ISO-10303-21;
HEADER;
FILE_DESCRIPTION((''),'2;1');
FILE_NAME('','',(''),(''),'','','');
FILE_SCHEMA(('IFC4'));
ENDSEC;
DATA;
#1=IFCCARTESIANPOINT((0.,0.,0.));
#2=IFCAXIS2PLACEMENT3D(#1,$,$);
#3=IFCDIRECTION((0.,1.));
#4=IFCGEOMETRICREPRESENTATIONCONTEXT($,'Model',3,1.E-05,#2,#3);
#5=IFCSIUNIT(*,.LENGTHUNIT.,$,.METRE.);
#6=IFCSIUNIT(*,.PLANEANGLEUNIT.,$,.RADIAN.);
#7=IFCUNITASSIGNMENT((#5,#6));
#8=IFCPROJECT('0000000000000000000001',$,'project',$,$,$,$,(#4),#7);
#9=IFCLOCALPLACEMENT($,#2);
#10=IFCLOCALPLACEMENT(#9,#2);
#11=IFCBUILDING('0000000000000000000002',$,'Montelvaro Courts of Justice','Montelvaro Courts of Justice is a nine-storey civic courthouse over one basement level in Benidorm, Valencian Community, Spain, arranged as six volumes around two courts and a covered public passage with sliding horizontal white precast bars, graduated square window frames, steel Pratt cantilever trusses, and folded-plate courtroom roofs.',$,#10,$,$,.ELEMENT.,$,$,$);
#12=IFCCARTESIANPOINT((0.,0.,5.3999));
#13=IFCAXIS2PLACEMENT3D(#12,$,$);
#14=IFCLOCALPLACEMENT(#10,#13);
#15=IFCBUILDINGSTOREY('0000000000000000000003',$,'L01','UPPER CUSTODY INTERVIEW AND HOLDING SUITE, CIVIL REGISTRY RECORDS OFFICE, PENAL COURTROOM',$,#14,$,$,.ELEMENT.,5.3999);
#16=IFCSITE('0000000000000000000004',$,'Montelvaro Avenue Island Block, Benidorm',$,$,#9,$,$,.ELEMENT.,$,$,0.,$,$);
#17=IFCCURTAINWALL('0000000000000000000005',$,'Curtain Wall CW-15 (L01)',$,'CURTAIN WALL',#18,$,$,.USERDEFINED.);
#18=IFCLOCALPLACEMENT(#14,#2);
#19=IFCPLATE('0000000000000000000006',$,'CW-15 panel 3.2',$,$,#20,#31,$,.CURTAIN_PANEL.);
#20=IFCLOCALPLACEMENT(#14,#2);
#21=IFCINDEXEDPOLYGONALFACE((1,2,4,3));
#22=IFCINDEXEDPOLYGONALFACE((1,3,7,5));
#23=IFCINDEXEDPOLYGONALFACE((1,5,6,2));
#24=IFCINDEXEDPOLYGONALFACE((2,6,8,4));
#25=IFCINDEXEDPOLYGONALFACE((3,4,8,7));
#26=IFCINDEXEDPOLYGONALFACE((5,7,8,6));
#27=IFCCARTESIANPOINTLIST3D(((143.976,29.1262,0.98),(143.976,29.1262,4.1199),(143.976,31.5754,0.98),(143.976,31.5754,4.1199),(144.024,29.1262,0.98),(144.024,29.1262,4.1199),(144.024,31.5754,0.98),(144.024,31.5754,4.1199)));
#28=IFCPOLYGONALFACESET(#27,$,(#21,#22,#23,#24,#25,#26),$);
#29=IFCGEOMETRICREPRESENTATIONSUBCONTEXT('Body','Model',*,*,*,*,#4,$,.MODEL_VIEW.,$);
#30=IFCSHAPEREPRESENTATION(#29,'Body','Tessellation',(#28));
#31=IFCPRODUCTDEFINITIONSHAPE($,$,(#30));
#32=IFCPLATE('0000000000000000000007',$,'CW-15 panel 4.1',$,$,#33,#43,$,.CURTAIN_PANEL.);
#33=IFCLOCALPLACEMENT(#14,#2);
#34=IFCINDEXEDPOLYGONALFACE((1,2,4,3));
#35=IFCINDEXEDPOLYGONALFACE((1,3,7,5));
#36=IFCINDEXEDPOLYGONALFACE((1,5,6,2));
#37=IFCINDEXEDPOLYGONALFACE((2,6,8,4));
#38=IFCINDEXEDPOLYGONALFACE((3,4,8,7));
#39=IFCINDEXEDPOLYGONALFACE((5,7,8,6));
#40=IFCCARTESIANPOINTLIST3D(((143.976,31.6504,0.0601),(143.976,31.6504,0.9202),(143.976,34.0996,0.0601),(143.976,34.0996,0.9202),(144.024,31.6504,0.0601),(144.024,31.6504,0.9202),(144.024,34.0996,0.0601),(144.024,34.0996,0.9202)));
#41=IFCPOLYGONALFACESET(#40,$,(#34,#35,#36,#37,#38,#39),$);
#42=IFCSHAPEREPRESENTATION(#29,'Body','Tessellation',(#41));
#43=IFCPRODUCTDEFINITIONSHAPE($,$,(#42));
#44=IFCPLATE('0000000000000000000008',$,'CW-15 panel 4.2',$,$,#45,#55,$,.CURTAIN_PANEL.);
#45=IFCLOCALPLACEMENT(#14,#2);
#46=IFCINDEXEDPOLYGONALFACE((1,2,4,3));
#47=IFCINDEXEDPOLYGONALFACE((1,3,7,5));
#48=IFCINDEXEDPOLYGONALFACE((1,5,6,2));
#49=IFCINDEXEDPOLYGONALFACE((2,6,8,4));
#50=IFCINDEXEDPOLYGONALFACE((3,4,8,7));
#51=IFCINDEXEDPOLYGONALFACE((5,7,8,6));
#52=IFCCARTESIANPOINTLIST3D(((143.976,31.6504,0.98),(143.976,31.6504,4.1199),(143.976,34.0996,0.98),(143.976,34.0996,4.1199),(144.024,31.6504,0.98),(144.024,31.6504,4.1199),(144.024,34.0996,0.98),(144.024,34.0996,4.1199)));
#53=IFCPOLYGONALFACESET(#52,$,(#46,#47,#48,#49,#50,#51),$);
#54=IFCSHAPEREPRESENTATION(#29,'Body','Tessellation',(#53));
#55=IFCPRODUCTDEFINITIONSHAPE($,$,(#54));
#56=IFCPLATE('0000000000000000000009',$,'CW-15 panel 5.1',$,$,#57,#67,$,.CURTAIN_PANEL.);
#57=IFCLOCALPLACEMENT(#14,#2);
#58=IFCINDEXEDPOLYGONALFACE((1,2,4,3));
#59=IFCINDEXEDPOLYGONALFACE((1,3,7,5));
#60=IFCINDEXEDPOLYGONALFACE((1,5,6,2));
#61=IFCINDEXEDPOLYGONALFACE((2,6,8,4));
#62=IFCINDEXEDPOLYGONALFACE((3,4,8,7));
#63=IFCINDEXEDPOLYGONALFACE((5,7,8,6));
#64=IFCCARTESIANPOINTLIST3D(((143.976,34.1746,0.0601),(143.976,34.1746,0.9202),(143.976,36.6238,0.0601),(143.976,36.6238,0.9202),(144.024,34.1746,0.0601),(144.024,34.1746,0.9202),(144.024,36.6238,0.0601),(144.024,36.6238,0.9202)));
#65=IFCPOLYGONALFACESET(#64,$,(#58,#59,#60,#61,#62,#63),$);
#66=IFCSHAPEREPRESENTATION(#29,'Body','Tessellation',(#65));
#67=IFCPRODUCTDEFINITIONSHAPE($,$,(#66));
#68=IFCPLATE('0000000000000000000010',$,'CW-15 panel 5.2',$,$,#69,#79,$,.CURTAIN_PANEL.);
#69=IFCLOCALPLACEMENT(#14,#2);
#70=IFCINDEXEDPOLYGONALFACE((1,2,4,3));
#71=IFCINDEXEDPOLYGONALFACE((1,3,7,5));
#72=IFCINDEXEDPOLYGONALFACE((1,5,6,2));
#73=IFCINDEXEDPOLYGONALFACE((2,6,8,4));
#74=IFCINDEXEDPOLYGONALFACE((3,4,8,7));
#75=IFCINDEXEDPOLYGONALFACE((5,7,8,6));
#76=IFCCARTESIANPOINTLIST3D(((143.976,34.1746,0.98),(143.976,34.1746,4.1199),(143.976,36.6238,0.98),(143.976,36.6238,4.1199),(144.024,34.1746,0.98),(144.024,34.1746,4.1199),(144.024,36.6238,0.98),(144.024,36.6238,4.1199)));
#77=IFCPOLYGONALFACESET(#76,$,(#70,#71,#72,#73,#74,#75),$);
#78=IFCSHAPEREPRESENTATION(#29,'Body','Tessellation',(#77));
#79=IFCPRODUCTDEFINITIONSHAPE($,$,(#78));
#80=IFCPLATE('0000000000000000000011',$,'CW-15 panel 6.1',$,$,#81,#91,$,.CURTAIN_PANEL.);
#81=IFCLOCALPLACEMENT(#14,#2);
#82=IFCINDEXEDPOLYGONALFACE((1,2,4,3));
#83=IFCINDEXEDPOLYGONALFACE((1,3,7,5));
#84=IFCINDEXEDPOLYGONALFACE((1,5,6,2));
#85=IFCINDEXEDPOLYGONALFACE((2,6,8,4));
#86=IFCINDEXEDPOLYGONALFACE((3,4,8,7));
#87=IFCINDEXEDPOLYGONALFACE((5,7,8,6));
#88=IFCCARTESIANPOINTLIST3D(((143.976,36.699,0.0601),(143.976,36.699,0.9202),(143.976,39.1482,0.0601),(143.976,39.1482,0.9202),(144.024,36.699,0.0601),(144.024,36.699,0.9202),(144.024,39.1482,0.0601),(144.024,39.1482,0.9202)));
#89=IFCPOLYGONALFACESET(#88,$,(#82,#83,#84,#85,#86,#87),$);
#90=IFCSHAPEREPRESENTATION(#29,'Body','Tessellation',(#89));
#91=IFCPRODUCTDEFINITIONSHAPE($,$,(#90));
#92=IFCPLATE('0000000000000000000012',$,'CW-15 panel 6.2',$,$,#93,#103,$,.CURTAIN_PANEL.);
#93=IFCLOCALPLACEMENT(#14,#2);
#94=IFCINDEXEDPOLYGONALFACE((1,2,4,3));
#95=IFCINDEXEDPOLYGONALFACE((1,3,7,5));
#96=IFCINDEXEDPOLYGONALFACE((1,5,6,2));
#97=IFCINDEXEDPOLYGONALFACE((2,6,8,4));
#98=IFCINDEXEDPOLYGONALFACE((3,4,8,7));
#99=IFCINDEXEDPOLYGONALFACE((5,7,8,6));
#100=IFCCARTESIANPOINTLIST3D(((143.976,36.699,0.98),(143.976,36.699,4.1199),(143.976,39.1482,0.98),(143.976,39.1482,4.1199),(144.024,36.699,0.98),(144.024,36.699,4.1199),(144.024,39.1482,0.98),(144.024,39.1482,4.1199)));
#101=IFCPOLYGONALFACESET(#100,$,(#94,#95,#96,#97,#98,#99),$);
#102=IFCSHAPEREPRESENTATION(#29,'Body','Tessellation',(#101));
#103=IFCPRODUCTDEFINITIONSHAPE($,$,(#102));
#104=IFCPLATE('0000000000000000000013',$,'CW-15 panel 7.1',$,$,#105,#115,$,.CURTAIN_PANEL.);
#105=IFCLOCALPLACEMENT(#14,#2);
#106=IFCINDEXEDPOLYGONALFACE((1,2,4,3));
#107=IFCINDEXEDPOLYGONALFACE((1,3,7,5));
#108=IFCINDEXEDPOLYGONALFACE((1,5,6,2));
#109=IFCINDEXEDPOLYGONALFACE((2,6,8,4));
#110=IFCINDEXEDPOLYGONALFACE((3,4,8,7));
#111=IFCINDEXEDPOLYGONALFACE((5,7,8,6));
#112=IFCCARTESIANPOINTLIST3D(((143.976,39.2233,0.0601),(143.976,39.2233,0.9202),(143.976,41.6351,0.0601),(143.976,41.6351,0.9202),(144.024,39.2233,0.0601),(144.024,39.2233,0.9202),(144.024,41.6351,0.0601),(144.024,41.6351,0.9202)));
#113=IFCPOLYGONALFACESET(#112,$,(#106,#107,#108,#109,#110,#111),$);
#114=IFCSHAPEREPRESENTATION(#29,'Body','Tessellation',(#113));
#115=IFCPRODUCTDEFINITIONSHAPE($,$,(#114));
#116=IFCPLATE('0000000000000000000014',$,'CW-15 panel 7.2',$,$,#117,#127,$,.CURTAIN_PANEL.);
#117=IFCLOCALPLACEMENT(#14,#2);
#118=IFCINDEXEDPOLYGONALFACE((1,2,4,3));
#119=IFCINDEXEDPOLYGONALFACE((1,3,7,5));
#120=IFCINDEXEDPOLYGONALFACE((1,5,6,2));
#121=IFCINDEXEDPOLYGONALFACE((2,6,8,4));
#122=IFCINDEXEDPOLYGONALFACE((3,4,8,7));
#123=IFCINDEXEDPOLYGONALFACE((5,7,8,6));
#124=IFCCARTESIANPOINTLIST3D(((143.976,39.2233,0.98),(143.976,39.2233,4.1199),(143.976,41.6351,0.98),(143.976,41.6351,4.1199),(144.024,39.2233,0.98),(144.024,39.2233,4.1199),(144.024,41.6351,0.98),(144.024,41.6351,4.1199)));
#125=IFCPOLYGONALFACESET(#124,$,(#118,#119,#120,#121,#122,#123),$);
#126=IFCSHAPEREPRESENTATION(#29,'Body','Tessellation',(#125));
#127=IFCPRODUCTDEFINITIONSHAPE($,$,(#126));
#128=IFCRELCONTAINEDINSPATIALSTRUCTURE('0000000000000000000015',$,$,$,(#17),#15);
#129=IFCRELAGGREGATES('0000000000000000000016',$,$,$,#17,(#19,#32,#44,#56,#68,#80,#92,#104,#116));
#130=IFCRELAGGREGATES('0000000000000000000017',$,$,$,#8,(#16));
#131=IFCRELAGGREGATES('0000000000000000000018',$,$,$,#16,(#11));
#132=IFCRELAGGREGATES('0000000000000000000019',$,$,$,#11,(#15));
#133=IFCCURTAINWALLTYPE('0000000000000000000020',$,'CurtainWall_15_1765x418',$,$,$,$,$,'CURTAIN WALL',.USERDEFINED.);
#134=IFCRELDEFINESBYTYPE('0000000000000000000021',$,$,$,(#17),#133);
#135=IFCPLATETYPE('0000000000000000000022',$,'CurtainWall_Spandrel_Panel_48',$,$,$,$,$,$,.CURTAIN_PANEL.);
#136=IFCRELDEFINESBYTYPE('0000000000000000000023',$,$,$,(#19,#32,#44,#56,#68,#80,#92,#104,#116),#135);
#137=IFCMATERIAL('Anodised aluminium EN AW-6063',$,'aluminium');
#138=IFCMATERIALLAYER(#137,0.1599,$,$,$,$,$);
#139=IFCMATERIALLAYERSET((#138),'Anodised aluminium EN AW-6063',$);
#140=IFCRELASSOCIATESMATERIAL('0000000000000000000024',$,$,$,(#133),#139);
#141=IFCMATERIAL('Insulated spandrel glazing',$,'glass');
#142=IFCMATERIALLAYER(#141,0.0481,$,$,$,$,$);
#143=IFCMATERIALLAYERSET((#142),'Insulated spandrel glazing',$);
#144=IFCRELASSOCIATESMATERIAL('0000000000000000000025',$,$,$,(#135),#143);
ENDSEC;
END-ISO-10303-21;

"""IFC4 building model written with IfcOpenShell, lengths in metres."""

from ifc_helpers import new_model, si_unit, direction, frame, origin, origin_2d, place, context, subcontext, project, spatial, rectangle, extrude, material, layer, layer_set, type_object, element, aggregate, save


model = new_model("IFC4")

# Units and contexts
model_context = context("Model", 3, precision=1e-05, world=origin(), true_north=direction((0.0, 1.0)))
body_context = subcontext(model_context, "Body", "Model", "MODEL_VIEW")
ifc_project = project(units=[si_unit("LENGTHUNIT", "METRE"), si_unit("PLANEANGLEUNIT", "RADIAN")], contexts=[model_context])

# Site, building, storey
site_placement = place(None, origin())
site = spatial("IfcSite", under=ifc_project, at=site_placement, Name="Montelvaro Avenue Island Block, Benidorm", CompositionType="ELEMENT", RefElevation=0.0)
building_placement = place(site_placement, origin())
building = spatial("IfcBuilding", under=site, at=building_placement, Name="Montelvaro Courts of Justice", Description="Montelvaro Courts of Justice is a nine-storey civic courthouse over one basement level in Benidorm, Valencian Community, Spain, arranged as six volumes around two courts and a covered public passage with sliding horizontal white precast bars, graduated square window frames, steel Pratt cantilever trusses, and folded-plate courtroom roofs.", CompositionType="ELEMENT")
storey_placement = place(building_placement, frame((0.0, 0.0, 5.3999)))
storey = spatial("IfcBuildingStorey", under=building, at=storey_placement, Name="L01", Description="UPPER CUSTODY INTERVIEW AND HOLDING SUITE, CIVIL REGISTRY RECORDS OFFICE, PENAL COURTROOM", CompositionType="ELEMENT", Elevation=5.3999)

# Curtain wall, plates
ifc_material_1 = material(Name="Anodised aluminium EN AW-6063", Category="aluminium")
ifc_layer_1 = layer(ifc_material_1, 0.1599)
ifc_layer_set_1 = layer_set([ifc_layer_1], Name="Anodised aluminium EN AW-6063")
curtain_wall_type = type_object("IfcCurtainWallType", Name="CurtainWall_15_1765x418", ElementType="CURTAIN WALL", PredefinedType="USERDEFINED", material=ifc_layer_set_1)
curtain_wall_placement = place(storey_placement, origin())
curtain_wall = element("IfcCurtainWall", 1, at=curtain_wall_placement, inside=storey, type_object=curtain_wall_type, Name="Curtain Wall CW-15 (L01)", ObjectType="CURTAIN WALL", PredefinedType="USERDEFINED")
ifc_material_2 = material(Name="Insulated spandrel glazing", Category="glass")
ifc_layer_2 = layer(ifc_material_2, 0.0481)
ifc_layer_set_2 = layer_set([ifc_layer_2], Name="Insulated spandrel glazing")
plate_type = type_object("IfcPlateType", Name="CurtainWall_Spandrel_Panel_48", PredefinedType="CURTAIN_PANEL", material=ifc_layer_set_2)
plate_1_placement = place(storey_placement, frame((144.0, 30.3508, 0.98), z_axis=(0.0, 0.0, 1.0), x_axis=(0.0, 1.0, 0.0)))
plate_1 = element("IfcPlate", 2, at=plate_1_placement, type_object=plate_type, Name="CW-15 panel 3.2", PredefinedType="CURTAIN_PANEL", context=body_context, shape_type="SweptSolid", body=[
    extrude(rectangle(XDim=2.4492, YDim=0.0481, at=origin_2d()), origin(), (0.0, 0.0, 1.0), 3.1399),
])
plate_2_placement = place(storey_placement, frame((144.0, 32.875, 0.0601), z_axis=(0.0, 0.0, 1.0), x_axis=(0.0, 1.0, 0.0)))
plate_2 = element("IfcPlate", 3, at=plate_2_placement, type_object=plate_type, Name="CW-15 panel 4.1", PredefinedType="CURTAIN_PANEL", context=body_context, shape_type="SweptSolid", body=[
    extrude(rectangle(XDim=2.4492, YDim=0.0481, at=origin_2d()), origin(), (0.0, 0.0, 1.0), 0.8601),
])
plate_3_placement = place(storey_placement, frame((144.0, 32.875, 0.98), z_axis=(0.0, 0.0, 1.0), x_axis=(0.0, 1.0, 0.0)))
plate_3 = element("IfcPlate", 4, at=plate_3_placement, type_object=plate_type, Name="CW-15 panel 4.2", PredefinedType="CURTAIN_PANEL", context=body_context, shape_type="SweptSolid", body=[
    extrude(rectangle(XDim=2.4492, YDim=0.0481, at=origin_2d()), origin(), (0.0, 0.0, 1.0), 3.1399),
])
plate_4_placement = place(storey_placement, frame((144.0, 35.3992, 0.0601), z_axis=(0.0, 0.0, 1.0), x_axis=(0.0, 1.0, 0.0)))
plate_4 = element("IfcPlate", 5, at=plate_4_placement, type_object=plate_type, Name="CW-15 panel 5.1", PredefinedType="CURTAIN_PANEL", context=body_context, shape_type="SweptSolid", body=[
    extrude(rectangle(XDim=2.4492, YDim=0.0481, at=origin_2d()), origin(), (0.0, 0.0, 1.0), 0.8601),
])
plate_5_placement = place(storey_placement, frame((144.0, 35.3992, 0.98), z_axis=(0.0, 0.0, 1.0), x_axis=(0.0, 1.0, 0.0)))
plate_5 = element("IfcPlate", 6, at=plate_5_placement, type_object=plate_type, Name="CW-15 panel 5.2", PredefinedType="CURTAIN_PANEL", context=body_context, shape_type="SweptSolid", body=[
    extrude(rectangle(XDim=2.4492, YDim=0.0481, at=origin_2d()), origin(), (0.0, 0.0, 1.0), 3.1399),
])
plate_6_placement = place(storey_placement, frame((144.0, 37.9236, 0.0601), z_axis=(0.0, 0.0, 1.0), x_axis=(0.0, 1.0, 0.0)))
plate_6 = element("IfcPlate", 7, at=plate_6_placement, type_object=plate_type, Name="CW-15 panel 6.1", PredefinedType="CURTAIN_PANEL", context=body_context, shape_type="SweptSolid", body=[
    extrude(rectangle(XDim=2.4492, YDim=0.0481, at=origin_2d()), origin(), (0.0, 0.0, 1.0), 0.8601),
])
plate_7_placement = place(storey_placement, frame((144.0, 37.9236, 0.98), z_axis=(0.0, 0.0, 1.0), x_axis=(0.0, 1.0, 0.0)))
plate_7 = element("IfcPlate", 8, at=plate_7_placement, type_object=plate_type, Name="CW-15 panel 6.2", PredefinedType="CURTAIN_PANEL", context=body_context, shape_type="SweptSolid", body=[
    extrude(rectangle(XDim=2.4492, YDim=0.0481, at=origin_2d()), origin(), (0.0, 0.0, 1.0), 3.1399),
])
plate_8_placement = place(storey_placement, frame((144.0, 40.4292, 0.0601), z_axis=(0.0, 0.0, 1.0), x_axis=(0.0, 1.0, 0.0)))
plate_8 = element("IfcPlate", 9, at=plate_8_placement, type_object=plate_type, Name="CW-15 panel 7.1", PredefinedType="CURTAIN_PANEL", context=body_context, shape_type="SweptSolid", body=[
    extrude(rectangle(XDim=2.4119, YDim=0.0481, at=origin_2d()), origin(), (0.0, 0.0, 1.0), 0.8601),
])
plate_9_placement = place(storey_placement, frame((144.0, 40.4292, 0.98), z_axis=(0.0, 0.0, 1.0), x_axis=(0.0, 1.0, 0.0)))
plate_9 = element("IfcPlate", 10, at=plate_9_placement, type_object=plate_type, Name="CW-15 panel 7.2", PredefinedType="CURTAIN_PANEL", context=body_context, shape_type="SweptSolid", body=[
    extrude(rectangle(XDim=2.4119, YDim=0.0481, at=origin_2d()), origin(), (0.0, 0.0, 1.0), 3.1399),
])
aggregate(curtain_wall, [plate_1, plate_2, plate_3, plate_4, plate_5, plate_6, plate_7, plate_8, plate_9])

save(model, "model.ifc")
